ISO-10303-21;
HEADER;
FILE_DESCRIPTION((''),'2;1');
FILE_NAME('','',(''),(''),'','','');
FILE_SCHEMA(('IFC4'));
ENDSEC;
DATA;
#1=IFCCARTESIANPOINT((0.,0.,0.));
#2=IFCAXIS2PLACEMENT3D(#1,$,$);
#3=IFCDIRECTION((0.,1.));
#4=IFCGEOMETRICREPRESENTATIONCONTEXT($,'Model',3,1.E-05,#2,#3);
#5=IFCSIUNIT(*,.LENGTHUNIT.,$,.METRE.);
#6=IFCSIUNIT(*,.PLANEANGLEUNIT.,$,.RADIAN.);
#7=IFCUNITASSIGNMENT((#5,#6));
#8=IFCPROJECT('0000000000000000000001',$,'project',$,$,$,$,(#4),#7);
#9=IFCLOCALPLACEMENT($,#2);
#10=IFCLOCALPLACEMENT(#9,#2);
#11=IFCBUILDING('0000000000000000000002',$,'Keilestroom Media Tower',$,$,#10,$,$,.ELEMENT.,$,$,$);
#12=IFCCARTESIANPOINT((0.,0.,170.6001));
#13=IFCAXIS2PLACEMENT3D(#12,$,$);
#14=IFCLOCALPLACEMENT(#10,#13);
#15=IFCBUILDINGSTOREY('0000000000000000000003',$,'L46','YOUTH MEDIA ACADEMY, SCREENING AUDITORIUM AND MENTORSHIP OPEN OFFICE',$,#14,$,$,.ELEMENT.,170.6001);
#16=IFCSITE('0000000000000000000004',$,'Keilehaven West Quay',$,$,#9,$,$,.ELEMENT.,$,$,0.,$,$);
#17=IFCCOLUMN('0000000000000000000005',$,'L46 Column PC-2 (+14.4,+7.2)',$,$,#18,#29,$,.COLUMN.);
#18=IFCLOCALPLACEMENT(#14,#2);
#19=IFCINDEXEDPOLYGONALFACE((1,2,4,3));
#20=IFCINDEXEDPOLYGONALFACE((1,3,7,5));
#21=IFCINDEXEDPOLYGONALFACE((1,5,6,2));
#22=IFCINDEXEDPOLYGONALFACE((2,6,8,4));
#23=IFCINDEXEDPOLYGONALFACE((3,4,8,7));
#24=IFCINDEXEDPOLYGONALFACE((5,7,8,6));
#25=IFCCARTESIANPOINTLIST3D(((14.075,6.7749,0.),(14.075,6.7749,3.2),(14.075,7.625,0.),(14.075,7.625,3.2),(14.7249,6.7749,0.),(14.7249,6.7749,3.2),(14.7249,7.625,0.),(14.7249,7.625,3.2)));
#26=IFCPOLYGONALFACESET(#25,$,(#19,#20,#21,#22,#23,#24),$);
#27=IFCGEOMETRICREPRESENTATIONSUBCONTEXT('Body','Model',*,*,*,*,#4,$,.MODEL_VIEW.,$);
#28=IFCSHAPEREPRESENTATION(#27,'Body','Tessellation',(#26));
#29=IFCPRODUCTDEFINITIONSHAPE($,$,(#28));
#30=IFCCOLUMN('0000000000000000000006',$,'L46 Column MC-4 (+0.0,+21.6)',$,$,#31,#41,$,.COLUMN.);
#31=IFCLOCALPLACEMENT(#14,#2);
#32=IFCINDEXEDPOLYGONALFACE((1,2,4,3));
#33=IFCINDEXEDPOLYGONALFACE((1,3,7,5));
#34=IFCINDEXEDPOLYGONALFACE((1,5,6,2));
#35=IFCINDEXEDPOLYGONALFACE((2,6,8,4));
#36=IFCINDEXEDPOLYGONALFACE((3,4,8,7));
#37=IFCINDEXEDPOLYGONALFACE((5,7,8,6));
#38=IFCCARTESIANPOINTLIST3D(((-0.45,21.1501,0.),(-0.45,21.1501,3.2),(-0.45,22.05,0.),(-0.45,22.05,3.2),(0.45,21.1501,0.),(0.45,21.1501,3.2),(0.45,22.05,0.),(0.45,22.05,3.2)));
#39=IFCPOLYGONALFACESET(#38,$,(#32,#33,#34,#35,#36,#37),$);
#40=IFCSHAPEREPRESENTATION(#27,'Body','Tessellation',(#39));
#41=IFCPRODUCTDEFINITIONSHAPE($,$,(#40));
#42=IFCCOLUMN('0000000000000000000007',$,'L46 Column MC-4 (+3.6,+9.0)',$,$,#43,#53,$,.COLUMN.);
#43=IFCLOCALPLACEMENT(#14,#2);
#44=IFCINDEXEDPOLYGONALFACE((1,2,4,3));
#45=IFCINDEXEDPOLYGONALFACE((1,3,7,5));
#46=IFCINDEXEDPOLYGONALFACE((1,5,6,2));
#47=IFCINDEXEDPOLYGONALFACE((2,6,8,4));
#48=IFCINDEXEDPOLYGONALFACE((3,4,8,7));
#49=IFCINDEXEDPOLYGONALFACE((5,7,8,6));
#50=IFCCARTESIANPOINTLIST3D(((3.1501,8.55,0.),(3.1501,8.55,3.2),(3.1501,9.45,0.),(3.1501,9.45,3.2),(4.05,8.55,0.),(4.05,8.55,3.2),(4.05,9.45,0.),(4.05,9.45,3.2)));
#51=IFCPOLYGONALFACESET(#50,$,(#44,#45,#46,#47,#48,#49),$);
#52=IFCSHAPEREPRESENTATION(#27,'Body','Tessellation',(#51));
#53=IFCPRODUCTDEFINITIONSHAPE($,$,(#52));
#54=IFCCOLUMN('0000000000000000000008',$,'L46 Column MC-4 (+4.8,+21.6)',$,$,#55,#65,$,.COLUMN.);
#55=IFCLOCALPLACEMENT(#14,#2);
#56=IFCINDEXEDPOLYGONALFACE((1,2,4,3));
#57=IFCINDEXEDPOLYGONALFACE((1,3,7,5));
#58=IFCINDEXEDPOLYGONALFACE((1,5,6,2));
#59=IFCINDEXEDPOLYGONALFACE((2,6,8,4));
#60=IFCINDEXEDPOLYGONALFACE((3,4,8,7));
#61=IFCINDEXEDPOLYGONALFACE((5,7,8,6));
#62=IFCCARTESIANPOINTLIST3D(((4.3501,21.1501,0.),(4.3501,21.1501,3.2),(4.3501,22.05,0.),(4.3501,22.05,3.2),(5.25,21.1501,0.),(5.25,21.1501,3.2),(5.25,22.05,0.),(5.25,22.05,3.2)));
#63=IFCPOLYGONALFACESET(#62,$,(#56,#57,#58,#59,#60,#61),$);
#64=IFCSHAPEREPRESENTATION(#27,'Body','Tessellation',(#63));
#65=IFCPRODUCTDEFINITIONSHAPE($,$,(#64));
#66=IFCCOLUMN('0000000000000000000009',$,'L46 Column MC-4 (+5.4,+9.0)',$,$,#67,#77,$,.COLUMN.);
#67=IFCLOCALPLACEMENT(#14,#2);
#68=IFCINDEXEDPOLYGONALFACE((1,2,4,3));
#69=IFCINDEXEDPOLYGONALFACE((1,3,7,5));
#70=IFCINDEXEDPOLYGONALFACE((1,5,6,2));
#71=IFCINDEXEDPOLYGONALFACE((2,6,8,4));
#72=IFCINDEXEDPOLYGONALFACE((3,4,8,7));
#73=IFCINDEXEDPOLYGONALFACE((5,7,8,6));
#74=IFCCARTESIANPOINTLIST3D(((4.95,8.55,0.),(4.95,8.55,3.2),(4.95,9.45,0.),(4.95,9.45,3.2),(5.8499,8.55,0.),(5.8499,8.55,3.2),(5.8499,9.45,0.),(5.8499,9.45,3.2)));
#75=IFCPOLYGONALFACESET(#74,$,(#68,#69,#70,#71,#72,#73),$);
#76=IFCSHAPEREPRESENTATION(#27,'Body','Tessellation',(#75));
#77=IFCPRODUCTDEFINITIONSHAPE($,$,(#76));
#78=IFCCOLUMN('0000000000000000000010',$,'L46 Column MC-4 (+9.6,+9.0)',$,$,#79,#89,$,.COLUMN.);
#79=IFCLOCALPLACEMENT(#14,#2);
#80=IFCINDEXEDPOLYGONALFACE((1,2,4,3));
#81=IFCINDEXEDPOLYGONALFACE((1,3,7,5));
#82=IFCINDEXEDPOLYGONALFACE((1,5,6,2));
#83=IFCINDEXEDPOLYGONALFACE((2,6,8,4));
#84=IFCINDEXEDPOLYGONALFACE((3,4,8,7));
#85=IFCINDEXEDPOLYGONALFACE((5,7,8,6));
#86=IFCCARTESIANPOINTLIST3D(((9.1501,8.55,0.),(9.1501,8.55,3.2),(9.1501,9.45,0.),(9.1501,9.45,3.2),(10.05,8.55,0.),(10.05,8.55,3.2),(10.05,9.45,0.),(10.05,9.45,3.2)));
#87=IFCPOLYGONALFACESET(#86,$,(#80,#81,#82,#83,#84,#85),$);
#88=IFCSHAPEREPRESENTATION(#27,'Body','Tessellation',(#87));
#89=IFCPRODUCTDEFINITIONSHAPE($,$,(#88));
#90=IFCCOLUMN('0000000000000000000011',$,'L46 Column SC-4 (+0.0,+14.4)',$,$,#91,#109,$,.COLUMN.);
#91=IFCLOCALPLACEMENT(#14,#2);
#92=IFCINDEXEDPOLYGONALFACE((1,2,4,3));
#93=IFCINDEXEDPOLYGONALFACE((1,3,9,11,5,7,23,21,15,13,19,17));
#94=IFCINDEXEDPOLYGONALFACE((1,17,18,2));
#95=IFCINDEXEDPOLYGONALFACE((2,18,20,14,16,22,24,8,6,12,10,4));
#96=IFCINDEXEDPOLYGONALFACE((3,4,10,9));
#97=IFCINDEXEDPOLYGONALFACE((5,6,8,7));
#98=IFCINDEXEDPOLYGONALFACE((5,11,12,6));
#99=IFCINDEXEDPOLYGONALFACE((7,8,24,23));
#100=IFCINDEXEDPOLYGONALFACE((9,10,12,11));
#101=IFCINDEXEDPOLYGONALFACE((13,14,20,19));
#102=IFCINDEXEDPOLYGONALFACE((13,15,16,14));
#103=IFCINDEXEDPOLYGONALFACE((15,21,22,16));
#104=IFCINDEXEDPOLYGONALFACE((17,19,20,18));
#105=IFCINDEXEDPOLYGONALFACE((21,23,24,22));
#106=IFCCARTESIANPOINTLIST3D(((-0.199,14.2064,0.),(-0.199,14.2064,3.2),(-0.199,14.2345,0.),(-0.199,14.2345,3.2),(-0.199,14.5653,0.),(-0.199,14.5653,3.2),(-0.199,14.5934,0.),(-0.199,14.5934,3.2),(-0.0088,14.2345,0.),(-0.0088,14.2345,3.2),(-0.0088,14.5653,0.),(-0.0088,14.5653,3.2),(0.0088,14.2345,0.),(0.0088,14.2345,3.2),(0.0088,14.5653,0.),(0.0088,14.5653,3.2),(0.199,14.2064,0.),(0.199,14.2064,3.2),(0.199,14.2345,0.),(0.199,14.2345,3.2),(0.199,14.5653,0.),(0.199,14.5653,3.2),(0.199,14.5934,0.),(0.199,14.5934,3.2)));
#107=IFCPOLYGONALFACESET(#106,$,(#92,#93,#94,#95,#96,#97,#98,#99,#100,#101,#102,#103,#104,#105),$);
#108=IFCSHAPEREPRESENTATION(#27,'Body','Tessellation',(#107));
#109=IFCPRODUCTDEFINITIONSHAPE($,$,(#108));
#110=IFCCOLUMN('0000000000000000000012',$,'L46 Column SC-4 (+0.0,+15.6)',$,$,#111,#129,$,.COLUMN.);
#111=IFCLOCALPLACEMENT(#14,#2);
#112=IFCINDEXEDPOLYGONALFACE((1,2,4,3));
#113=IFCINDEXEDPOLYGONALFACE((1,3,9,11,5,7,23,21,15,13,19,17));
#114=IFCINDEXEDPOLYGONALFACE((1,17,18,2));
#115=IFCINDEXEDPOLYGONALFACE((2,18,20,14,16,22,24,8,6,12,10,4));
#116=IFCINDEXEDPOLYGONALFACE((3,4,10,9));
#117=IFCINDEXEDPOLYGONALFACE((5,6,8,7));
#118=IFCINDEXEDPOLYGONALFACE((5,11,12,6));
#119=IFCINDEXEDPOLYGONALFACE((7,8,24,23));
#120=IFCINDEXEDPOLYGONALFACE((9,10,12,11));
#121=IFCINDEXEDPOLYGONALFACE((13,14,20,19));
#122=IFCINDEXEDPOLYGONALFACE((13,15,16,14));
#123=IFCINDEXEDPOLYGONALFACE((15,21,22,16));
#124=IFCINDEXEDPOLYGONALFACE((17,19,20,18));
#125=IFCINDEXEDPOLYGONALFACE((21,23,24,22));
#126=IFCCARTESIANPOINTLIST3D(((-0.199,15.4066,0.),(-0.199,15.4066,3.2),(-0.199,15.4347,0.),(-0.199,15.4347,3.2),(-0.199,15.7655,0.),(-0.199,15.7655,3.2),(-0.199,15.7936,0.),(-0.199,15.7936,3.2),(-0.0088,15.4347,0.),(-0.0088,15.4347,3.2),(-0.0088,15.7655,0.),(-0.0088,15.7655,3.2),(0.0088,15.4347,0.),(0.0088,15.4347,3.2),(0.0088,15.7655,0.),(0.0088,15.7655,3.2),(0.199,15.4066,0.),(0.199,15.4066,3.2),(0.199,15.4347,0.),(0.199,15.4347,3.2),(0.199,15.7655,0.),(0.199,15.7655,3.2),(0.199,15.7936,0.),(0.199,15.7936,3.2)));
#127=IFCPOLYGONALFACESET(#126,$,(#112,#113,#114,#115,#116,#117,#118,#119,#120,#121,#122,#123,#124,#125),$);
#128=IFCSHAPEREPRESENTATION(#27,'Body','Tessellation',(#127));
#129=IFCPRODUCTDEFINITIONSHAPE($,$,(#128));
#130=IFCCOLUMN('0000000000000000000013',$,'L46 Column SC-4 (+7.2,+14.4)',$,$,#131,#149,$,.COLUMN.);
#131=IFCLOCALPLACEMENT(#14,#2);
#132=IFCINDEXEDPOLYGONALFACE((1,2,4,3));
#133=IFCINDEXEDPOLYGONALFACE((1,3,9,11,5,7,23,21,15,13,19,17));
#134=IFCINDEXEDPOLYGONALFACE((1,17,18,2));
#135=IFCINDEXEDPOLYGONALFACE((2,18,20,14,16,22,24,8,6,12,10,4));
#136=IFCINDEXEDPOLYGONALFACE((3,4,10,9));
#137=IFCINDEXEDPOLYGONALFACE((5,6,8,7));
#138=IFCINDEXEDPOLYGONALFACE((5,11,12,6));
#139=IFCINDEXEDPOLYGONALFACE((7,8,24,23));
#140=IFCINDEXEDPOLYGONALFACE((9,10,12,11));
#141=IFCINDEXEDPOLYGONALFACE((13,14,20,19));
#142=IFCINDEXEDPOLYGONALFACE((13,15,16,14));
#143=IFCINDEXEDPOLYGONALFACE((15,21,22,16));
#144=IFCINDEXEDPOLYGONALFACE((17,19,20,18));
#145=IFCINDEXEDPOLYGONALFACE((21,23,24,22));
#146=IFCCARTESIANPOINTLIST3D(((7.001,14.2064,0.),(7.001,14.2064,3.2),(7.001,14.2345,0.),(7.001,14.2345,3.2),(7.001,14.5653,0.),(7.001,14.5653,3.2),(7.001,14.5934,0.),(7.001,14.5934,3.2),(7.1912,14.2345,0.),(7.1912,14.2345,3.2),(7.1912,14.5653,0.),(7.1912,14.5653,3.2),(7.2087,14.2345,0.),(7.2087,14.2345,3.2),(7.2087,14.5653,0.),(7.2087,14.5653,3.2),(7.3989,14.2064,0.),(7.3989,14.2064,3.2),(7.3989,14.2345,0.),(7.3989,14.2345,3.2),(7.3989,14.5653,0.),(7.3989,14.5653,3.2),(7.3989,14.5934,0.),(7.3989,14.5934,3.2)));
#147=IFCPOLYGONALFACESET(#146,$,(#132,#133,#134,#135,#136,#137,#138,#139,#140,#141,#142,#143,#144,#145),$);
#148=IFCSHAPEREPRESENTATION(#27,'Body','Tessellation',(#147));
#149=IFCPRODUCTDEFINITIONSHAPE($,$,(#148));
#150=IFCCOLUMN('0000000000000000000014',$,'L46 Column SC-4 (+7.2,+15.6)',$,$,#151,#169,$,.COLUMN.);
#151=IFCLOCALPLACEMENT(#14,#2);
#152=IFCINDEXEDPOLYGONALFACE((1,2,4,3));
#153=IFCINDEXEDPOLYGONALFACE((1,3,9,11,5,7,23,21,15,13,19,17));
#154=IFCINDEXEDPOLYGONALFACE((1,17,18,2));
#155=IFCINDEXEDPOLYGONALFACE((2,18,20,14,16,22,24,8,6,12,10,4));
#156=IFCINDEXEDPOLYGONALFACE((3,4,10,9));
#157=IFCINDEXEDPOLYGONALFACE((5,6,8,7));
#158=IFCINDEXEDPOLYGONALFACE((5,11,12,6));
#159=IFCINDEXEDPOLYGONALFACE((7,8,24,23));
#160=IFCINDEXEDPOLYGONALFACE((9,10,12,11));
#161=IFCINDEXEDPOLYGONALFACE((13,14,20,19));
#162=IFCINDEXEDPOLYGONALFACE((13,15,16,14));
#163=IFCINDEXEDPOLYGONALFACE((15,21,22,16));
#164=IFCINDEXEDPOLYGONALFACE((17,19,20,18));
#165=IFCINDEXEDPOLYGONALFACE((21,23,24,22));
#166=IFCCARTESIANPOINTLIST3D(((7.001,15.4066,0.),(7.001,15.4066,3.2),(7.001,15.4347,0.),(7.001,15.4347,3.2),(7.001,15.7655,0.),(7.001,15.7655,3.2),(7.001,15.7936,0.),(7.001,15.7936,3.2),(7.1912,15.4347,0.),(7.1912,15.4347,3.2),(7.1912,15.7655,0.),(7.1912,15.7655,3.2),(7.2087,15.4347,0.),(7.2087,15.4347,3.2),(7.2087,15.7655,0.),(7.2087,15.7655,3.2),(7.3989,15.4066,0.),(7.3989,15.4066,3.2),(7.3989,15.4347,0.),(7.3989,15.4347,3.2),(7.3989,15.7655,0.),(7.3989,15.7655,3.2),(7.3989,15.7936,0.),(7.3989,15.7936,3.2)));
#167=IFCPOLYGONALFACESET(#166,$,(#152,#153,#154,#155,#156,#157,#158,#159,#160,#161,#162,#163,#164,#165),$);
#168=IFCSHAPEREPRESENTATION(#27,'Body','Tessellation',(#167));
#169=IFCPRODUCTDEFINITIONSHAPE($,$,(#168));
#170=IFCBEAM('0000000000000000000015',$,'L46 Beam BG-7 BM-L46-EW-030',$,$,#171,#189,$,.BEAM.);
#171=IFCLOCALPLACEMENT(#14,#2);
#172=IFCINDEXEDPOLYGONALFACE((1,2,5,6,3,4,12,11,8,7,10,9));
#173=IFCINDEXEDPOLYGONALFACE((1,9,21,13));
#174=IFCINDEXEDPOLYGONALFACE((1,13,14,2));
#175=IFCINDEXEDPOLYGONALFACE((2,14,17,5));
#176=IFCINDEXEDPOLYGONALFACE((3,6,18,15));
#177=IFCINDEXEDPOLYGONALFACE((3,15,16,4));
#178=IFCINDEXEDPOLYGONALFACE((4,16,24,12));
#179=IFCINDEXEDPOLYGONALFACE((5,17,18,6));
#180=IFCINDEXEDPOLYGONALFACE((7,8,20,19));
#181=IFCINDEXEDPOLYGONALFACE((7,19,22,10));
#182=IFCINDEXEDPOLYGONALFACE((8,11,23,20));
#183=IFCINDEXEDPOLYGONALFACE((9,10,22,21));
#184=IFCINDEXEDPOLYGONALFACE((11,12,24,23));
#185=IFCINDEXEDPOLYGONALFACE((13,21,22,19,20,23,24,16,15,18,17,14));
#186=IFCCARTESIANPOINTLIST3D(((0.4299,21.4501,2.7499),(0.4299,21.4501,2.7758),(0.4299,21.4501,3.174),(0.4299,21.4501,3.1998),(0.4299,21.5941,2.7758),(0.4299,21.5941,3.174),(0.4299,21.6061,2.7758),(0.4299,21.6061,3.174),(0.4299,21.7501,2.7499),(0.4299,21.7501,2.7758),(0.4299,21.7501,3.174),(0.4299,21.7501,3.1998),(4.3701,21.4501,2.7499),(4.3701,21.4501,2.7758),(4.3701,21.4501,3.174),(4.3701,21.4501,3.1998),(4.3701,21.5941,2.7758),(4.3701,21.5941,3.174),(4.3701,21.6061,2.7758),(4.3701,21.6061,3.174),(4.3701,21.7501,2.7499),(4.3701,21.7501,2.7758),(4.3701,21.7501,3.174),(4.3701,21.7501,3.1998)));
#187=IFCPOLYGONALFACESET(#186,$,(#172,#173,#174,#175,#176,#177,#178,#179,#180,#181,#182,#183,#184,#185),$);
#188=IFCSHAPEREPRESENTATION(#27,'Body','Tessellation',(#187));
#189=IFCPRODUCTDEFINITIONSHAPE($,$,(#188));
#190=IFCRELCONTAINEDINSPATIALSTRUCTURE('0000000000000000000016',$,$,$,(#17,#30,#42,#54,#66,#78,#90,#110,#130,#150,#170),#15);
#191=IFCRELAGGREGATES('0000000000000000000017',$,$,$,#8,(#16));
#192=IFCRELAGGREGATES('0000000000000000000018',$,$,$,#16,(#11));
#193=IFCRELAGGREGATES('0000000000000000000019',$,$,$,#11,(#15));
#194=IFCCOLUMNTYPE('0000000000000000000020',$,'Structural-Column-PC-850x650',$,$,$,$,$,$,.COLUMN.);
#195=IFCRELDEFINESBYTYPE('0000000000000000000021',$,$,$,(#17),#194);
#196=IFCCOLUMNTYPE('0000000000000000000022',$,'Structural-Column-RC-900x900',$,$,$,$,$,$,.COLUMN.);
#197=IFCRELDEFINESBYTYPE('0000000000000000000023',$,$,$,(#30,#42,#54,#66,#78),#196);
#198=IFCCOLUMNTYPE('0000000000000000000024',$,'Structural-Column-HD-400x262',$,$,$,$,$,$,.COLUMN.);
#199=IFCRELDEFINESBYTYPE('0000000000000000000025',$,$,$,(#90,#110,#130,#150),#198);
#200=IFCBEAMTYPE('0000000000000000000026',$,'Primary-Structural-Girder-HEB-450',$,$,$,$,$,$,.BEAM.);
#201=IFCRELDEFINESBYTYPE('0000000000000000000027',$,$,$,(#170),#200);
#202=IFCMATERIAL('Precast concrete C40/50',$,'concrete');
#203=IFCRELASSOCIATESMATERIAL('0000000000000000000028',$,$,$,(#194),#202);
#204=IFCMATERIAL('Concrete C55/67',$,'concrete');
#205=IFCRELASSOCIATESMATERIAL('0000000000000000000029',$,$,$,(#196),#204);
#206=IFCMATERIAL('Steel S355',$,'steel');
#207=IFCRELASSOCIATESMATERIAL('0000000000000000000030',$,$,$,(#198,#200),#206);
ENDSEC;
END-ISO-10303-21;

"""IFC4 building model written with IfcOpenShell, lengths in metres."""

from ifc_helpers import new_model, si_unit, direction, frame, origin, origin_2d, place, context, subcontext, project, spatial, rectangle, i_section, extrude, source, transform, mapped, material, material_profile, profile_set, type_object, element, save


model = new_model("IFC4")

# Units and contexts
model_context = context("Model", 3, precision=1e-05, world=origin(), true_north=direction((0.0, 1.0)))
body_context = subcontext(model_context, "Body", "Model", "MODEL_VIEW")
ifc_project = project(units=[si_unit("LENGTHUNIT", "METRE"), si_unit("PLANEANGLEUNIT", "RADIAN")], contexts=[model_context])

# Site, building, storey
site_placement = place(None, origin())
site = spatial("IfcSite", under=ifc_project, at=site_placement, Name="Keilehaven West Quay", CompositionType="ELEMENT", RefElevation=0.0)
building_placement = place(site_placement, origin())
building = spatial("IfcBuilding", under=site, at=building_placement, Name="Keilestroom Media Tower", CompositionType="ELEMENT")
storey_placement = place(building_placement, frame((0.0, 0.0, 170.6001)))
storey = spatial("IfcBuildingStorey", under=building, at=storey_placement, Name="L46", Description="YOUTH MEDIA ACADEMY, SCREENING AUDITORIUM AND MENTORSHIP OPEN OFFICE", CompositionType="ELEMENT", Elevation=170.6001)

# Columns
ifc_material_1 = material(Name="Precast concrete C40/50", Category="concrete")
ifc_material_profile_1 = material_profile(ifc_material_1, rectangle(XDim=0.6499, YDim=0.8501, at=origin_2d()), Name="PC 850x650")
ifc_profile_set_1 = profile_set([ifc_material_profile_1], Name="Precast concrete C40/50")
column_type_1 = type_object("IfcColumnType", Name="Structural-Column-PC-850x650", PredefinedType="COLUMN", material=ifc_profile_set_1)
shared_shape_1 = source(origin(), body_context, "Body", "SweptSolid", [
    extrude(rectangle(XDim=0.6499, YDim=0.8501, at=origin_2d()), origin(), (0.0, 0.0, 1.0), 3.2),
])
column_placement = place(storey_placement, frame((14.3999, 7.2, 0.0), z_axis=(0.0, 0.0, 1.0), x_axis=(1.0, 0.0, 0.0)))
element("IfcColumn", 1, at=column_placement, inside=storey, type_object=column_type_1, Name="L46 Column PC-2 (+14.4,+7.2)", PredefinedType="COLUMN", context=body_context, shape_type="MappedRepresentation", body=[
    mapped(shared_shape_1, transform((0.0, 0.0, 0.0), x_axis=(1.0, 0.0, 0.0), y_axis=(0.0, 1.0, 0.0), z_axis=(0.0, 0.0, 1.0), scale=1.0)),
])
ifc_material_2 = material(Name="Concrete C55/67", Category="concrete")
ifc_material_profile_2 = material_profile(ifc_material_2, rectangle(XDim=0.8999, YDim=0.8999, at=origin_2d()), Name="RC 900x900")
ifc_profile_set_2 = profile_set([ifc_material_profile_2], Name="Concrete C55/67")
column_type_2 = type_object("IfcColumnType", Name="Structural-Column-RC-900x900", PredefinedType="COLUMN", material=ifc_profile_set_2)
shared_shape_2 = source(origin(), body_context, "Body", "SweptSolid", [
    extrude(rectangle(XDim=0.8999, YDim=0.8999, at=origin_2d()), origin(), (0.0, 0.0, 1.0), 3.2),
])
for number, where, z_axis, x_axis, name in (
    (2, (0.0, 21.6001, 0.0), (0.0, 0.0, 1.0), (1.0, 0.0, 0.0), "L46 Column MC-4 (+0.0,+21.6)"),
    (3, (3.6001, 9.0, 0.0), (0.0, 0.0, 1.0), (1.0, 0.0, 0.0), "L46 Column MC-4 (+3.6,+9.0)"),
    (4, (4.8, 21.6001, 0.0), (0.0, 0.0, 1.0), (1.0, 0.0, 0.0), "L46 Column MC-4 (+4.8,+21.6)"),
    (5, (5.3999, 9.0, 0.0), (0.0, 0.0, 1.0), (1.0, 0.0, 0.0), "L46 Column MC-4 (+5.4,+9.0)"),
    (6, (9.6001, 9.0, 0.0), (0.0, 0.0, 1.0), (1.0, 0.0, 0.0), "L46 Column MC-4 (+9.6,+9.0)"),
):
    element("IfcColumn", number, at=place(storey_placement, frame(where, z_axis=z_axis, x_axis=x_axis)), inside=storey, type_object=column_type_2, Name=name, PredefinedType="COLUMN", context=body_context, shape_type="MappedRepresentation", body=[
        mapped(shared_shape_2, transform((0.0, 0.0, 0.0), x_axis=(1.0, 0.0, 0.0), y_axis=(0.0, 1.0, 0.0), z_axis=(0.0, 0.0, 1.0), scale=1.0)),
    ])
ifc_material_3 = material(Name="Steel S355", Category="steel")
ifc_material_profile_3 = material_profile(ifc_material_3, i_section(OverallWidth=0.3979, OverallDepth=0.387, WebThickness=0.0176, FlangeThickness=0.0281, at=origin_2d()), Name="HD 400x262")
ifc_profile_set_3 = profile_set([ifc_material_profile_3], Name="Steel S355")
column_type_3 = type_object("IfcColumnType", Name="Structural-Column-HD-400x262", PredefinedType="COLUMN", material=ifc_profile_set_3)
shared_shape_3 = source(origin(), body_context, "Body", "SweptSolid", [
    extrude(i_section(OverallWidth=0.3979, OverallDepth=0.387, WebThickness=0.0176, FlangeThickness=0.0281, at=origin_2d()), origin(), (0.0, 0.0, 1.0), 3.2),
])
for number, where, z_axis, x_axis, name in (
    (7, (0.0, 14.3999, 0.0), (0.0, 0.0, 1.0), (1.0, 0.0, 0.0), "L46 Column SC-4 (+0.0,+14.4)"),
    (8, (0.0, 15.6001, 0.0), (0.0, 0.0, 1.0), (1.0, 0.0, 0.0), "L46 Column SC-4 (+0.0,+15.6)"),
    (9, (7.2, 14.3999, 0.0), (0.0, 0.0, 1.0), (1.0, 0.0, 0.0), "L46 Column SC-4 (+7.2,+14.4)"),
    (10, (7.2, 15.6001, 0.0), (0.0, 0.0, 1.0), (1.0, 0.0, 0.0), "L46 Column SC-4 (+7.2,+15.6)"),
):
    element("IfcColumn", number, at=place(storey_placement, frame(where, z_axis=z_axis, x_axis=x_axis)), inside=storey, type_object=column_type_3, Name=name, PredefinedType="COLUMN", context=body_context, shape_type="MappedRepresentation", body=[
        mapped(shared_shape_3, transform((0.0, 0.0, 0.0), x_axis=(1.0, 0.0, 0.0), y_axis=(0.0, 1.0, 0.0), z_axis=(0.0, 0.0, 1.0), scale=1.0)),
    ])

# Beam
ifc_material_profile_4 = material_profile(ifc_material_3, i_section(OverallWidth=0.3, OverallDepth=0.45, WebThickness=0.012, FlangeThickness=0.0259, at=origin_2d()), Name="HEB 450")
ifc_profile_set_4 = profile_set([ifc_material_profile_4], Name="Steel S355")
beam_type_1 = type_object("IfcBeamType", Name="Primary-Structural-Girder-HEB-450", PredefinedType="BEAM", material=ifc_profile_set_4)
shared_shape_4 = source(origin(), body_context, "Body", "SweptSolid", [
    extrude(i_section(OverallWidth=0.3, OverallDepth=0.45, WebThickness=0.012, FlangeThickness=0.0259, at=origin_2d()), origin(), (0.0, 0.0, 1.0), 3.9402),
])
beam_1_placement = place(storey_placement, frame((0.4299, 21.6001, 2.9749), z_axis=(1.0, 0.0, 0.0), x_axis=(0.0, 1.0, 0.0)))
element("IfcBeam", 11, at=beam_1_placement, inside=storey, type_object=beam_type_1, Name="L46 Beam BG-7 BM-L46-EW-030", PredefinedType="BEAM", context=body_context, shape_type="MappedRepresentation", body=[
    mapped(shared_shape_4, transform((0.0, 0.0, 0.0), x_axis=(1.0, 0.0, 0.0), y_axis=(0.0, 1.0, 0.0), z_axis=(0.0, 0.0, 1.0), scale=1.0)),
])

save(model, "model.ifc")
